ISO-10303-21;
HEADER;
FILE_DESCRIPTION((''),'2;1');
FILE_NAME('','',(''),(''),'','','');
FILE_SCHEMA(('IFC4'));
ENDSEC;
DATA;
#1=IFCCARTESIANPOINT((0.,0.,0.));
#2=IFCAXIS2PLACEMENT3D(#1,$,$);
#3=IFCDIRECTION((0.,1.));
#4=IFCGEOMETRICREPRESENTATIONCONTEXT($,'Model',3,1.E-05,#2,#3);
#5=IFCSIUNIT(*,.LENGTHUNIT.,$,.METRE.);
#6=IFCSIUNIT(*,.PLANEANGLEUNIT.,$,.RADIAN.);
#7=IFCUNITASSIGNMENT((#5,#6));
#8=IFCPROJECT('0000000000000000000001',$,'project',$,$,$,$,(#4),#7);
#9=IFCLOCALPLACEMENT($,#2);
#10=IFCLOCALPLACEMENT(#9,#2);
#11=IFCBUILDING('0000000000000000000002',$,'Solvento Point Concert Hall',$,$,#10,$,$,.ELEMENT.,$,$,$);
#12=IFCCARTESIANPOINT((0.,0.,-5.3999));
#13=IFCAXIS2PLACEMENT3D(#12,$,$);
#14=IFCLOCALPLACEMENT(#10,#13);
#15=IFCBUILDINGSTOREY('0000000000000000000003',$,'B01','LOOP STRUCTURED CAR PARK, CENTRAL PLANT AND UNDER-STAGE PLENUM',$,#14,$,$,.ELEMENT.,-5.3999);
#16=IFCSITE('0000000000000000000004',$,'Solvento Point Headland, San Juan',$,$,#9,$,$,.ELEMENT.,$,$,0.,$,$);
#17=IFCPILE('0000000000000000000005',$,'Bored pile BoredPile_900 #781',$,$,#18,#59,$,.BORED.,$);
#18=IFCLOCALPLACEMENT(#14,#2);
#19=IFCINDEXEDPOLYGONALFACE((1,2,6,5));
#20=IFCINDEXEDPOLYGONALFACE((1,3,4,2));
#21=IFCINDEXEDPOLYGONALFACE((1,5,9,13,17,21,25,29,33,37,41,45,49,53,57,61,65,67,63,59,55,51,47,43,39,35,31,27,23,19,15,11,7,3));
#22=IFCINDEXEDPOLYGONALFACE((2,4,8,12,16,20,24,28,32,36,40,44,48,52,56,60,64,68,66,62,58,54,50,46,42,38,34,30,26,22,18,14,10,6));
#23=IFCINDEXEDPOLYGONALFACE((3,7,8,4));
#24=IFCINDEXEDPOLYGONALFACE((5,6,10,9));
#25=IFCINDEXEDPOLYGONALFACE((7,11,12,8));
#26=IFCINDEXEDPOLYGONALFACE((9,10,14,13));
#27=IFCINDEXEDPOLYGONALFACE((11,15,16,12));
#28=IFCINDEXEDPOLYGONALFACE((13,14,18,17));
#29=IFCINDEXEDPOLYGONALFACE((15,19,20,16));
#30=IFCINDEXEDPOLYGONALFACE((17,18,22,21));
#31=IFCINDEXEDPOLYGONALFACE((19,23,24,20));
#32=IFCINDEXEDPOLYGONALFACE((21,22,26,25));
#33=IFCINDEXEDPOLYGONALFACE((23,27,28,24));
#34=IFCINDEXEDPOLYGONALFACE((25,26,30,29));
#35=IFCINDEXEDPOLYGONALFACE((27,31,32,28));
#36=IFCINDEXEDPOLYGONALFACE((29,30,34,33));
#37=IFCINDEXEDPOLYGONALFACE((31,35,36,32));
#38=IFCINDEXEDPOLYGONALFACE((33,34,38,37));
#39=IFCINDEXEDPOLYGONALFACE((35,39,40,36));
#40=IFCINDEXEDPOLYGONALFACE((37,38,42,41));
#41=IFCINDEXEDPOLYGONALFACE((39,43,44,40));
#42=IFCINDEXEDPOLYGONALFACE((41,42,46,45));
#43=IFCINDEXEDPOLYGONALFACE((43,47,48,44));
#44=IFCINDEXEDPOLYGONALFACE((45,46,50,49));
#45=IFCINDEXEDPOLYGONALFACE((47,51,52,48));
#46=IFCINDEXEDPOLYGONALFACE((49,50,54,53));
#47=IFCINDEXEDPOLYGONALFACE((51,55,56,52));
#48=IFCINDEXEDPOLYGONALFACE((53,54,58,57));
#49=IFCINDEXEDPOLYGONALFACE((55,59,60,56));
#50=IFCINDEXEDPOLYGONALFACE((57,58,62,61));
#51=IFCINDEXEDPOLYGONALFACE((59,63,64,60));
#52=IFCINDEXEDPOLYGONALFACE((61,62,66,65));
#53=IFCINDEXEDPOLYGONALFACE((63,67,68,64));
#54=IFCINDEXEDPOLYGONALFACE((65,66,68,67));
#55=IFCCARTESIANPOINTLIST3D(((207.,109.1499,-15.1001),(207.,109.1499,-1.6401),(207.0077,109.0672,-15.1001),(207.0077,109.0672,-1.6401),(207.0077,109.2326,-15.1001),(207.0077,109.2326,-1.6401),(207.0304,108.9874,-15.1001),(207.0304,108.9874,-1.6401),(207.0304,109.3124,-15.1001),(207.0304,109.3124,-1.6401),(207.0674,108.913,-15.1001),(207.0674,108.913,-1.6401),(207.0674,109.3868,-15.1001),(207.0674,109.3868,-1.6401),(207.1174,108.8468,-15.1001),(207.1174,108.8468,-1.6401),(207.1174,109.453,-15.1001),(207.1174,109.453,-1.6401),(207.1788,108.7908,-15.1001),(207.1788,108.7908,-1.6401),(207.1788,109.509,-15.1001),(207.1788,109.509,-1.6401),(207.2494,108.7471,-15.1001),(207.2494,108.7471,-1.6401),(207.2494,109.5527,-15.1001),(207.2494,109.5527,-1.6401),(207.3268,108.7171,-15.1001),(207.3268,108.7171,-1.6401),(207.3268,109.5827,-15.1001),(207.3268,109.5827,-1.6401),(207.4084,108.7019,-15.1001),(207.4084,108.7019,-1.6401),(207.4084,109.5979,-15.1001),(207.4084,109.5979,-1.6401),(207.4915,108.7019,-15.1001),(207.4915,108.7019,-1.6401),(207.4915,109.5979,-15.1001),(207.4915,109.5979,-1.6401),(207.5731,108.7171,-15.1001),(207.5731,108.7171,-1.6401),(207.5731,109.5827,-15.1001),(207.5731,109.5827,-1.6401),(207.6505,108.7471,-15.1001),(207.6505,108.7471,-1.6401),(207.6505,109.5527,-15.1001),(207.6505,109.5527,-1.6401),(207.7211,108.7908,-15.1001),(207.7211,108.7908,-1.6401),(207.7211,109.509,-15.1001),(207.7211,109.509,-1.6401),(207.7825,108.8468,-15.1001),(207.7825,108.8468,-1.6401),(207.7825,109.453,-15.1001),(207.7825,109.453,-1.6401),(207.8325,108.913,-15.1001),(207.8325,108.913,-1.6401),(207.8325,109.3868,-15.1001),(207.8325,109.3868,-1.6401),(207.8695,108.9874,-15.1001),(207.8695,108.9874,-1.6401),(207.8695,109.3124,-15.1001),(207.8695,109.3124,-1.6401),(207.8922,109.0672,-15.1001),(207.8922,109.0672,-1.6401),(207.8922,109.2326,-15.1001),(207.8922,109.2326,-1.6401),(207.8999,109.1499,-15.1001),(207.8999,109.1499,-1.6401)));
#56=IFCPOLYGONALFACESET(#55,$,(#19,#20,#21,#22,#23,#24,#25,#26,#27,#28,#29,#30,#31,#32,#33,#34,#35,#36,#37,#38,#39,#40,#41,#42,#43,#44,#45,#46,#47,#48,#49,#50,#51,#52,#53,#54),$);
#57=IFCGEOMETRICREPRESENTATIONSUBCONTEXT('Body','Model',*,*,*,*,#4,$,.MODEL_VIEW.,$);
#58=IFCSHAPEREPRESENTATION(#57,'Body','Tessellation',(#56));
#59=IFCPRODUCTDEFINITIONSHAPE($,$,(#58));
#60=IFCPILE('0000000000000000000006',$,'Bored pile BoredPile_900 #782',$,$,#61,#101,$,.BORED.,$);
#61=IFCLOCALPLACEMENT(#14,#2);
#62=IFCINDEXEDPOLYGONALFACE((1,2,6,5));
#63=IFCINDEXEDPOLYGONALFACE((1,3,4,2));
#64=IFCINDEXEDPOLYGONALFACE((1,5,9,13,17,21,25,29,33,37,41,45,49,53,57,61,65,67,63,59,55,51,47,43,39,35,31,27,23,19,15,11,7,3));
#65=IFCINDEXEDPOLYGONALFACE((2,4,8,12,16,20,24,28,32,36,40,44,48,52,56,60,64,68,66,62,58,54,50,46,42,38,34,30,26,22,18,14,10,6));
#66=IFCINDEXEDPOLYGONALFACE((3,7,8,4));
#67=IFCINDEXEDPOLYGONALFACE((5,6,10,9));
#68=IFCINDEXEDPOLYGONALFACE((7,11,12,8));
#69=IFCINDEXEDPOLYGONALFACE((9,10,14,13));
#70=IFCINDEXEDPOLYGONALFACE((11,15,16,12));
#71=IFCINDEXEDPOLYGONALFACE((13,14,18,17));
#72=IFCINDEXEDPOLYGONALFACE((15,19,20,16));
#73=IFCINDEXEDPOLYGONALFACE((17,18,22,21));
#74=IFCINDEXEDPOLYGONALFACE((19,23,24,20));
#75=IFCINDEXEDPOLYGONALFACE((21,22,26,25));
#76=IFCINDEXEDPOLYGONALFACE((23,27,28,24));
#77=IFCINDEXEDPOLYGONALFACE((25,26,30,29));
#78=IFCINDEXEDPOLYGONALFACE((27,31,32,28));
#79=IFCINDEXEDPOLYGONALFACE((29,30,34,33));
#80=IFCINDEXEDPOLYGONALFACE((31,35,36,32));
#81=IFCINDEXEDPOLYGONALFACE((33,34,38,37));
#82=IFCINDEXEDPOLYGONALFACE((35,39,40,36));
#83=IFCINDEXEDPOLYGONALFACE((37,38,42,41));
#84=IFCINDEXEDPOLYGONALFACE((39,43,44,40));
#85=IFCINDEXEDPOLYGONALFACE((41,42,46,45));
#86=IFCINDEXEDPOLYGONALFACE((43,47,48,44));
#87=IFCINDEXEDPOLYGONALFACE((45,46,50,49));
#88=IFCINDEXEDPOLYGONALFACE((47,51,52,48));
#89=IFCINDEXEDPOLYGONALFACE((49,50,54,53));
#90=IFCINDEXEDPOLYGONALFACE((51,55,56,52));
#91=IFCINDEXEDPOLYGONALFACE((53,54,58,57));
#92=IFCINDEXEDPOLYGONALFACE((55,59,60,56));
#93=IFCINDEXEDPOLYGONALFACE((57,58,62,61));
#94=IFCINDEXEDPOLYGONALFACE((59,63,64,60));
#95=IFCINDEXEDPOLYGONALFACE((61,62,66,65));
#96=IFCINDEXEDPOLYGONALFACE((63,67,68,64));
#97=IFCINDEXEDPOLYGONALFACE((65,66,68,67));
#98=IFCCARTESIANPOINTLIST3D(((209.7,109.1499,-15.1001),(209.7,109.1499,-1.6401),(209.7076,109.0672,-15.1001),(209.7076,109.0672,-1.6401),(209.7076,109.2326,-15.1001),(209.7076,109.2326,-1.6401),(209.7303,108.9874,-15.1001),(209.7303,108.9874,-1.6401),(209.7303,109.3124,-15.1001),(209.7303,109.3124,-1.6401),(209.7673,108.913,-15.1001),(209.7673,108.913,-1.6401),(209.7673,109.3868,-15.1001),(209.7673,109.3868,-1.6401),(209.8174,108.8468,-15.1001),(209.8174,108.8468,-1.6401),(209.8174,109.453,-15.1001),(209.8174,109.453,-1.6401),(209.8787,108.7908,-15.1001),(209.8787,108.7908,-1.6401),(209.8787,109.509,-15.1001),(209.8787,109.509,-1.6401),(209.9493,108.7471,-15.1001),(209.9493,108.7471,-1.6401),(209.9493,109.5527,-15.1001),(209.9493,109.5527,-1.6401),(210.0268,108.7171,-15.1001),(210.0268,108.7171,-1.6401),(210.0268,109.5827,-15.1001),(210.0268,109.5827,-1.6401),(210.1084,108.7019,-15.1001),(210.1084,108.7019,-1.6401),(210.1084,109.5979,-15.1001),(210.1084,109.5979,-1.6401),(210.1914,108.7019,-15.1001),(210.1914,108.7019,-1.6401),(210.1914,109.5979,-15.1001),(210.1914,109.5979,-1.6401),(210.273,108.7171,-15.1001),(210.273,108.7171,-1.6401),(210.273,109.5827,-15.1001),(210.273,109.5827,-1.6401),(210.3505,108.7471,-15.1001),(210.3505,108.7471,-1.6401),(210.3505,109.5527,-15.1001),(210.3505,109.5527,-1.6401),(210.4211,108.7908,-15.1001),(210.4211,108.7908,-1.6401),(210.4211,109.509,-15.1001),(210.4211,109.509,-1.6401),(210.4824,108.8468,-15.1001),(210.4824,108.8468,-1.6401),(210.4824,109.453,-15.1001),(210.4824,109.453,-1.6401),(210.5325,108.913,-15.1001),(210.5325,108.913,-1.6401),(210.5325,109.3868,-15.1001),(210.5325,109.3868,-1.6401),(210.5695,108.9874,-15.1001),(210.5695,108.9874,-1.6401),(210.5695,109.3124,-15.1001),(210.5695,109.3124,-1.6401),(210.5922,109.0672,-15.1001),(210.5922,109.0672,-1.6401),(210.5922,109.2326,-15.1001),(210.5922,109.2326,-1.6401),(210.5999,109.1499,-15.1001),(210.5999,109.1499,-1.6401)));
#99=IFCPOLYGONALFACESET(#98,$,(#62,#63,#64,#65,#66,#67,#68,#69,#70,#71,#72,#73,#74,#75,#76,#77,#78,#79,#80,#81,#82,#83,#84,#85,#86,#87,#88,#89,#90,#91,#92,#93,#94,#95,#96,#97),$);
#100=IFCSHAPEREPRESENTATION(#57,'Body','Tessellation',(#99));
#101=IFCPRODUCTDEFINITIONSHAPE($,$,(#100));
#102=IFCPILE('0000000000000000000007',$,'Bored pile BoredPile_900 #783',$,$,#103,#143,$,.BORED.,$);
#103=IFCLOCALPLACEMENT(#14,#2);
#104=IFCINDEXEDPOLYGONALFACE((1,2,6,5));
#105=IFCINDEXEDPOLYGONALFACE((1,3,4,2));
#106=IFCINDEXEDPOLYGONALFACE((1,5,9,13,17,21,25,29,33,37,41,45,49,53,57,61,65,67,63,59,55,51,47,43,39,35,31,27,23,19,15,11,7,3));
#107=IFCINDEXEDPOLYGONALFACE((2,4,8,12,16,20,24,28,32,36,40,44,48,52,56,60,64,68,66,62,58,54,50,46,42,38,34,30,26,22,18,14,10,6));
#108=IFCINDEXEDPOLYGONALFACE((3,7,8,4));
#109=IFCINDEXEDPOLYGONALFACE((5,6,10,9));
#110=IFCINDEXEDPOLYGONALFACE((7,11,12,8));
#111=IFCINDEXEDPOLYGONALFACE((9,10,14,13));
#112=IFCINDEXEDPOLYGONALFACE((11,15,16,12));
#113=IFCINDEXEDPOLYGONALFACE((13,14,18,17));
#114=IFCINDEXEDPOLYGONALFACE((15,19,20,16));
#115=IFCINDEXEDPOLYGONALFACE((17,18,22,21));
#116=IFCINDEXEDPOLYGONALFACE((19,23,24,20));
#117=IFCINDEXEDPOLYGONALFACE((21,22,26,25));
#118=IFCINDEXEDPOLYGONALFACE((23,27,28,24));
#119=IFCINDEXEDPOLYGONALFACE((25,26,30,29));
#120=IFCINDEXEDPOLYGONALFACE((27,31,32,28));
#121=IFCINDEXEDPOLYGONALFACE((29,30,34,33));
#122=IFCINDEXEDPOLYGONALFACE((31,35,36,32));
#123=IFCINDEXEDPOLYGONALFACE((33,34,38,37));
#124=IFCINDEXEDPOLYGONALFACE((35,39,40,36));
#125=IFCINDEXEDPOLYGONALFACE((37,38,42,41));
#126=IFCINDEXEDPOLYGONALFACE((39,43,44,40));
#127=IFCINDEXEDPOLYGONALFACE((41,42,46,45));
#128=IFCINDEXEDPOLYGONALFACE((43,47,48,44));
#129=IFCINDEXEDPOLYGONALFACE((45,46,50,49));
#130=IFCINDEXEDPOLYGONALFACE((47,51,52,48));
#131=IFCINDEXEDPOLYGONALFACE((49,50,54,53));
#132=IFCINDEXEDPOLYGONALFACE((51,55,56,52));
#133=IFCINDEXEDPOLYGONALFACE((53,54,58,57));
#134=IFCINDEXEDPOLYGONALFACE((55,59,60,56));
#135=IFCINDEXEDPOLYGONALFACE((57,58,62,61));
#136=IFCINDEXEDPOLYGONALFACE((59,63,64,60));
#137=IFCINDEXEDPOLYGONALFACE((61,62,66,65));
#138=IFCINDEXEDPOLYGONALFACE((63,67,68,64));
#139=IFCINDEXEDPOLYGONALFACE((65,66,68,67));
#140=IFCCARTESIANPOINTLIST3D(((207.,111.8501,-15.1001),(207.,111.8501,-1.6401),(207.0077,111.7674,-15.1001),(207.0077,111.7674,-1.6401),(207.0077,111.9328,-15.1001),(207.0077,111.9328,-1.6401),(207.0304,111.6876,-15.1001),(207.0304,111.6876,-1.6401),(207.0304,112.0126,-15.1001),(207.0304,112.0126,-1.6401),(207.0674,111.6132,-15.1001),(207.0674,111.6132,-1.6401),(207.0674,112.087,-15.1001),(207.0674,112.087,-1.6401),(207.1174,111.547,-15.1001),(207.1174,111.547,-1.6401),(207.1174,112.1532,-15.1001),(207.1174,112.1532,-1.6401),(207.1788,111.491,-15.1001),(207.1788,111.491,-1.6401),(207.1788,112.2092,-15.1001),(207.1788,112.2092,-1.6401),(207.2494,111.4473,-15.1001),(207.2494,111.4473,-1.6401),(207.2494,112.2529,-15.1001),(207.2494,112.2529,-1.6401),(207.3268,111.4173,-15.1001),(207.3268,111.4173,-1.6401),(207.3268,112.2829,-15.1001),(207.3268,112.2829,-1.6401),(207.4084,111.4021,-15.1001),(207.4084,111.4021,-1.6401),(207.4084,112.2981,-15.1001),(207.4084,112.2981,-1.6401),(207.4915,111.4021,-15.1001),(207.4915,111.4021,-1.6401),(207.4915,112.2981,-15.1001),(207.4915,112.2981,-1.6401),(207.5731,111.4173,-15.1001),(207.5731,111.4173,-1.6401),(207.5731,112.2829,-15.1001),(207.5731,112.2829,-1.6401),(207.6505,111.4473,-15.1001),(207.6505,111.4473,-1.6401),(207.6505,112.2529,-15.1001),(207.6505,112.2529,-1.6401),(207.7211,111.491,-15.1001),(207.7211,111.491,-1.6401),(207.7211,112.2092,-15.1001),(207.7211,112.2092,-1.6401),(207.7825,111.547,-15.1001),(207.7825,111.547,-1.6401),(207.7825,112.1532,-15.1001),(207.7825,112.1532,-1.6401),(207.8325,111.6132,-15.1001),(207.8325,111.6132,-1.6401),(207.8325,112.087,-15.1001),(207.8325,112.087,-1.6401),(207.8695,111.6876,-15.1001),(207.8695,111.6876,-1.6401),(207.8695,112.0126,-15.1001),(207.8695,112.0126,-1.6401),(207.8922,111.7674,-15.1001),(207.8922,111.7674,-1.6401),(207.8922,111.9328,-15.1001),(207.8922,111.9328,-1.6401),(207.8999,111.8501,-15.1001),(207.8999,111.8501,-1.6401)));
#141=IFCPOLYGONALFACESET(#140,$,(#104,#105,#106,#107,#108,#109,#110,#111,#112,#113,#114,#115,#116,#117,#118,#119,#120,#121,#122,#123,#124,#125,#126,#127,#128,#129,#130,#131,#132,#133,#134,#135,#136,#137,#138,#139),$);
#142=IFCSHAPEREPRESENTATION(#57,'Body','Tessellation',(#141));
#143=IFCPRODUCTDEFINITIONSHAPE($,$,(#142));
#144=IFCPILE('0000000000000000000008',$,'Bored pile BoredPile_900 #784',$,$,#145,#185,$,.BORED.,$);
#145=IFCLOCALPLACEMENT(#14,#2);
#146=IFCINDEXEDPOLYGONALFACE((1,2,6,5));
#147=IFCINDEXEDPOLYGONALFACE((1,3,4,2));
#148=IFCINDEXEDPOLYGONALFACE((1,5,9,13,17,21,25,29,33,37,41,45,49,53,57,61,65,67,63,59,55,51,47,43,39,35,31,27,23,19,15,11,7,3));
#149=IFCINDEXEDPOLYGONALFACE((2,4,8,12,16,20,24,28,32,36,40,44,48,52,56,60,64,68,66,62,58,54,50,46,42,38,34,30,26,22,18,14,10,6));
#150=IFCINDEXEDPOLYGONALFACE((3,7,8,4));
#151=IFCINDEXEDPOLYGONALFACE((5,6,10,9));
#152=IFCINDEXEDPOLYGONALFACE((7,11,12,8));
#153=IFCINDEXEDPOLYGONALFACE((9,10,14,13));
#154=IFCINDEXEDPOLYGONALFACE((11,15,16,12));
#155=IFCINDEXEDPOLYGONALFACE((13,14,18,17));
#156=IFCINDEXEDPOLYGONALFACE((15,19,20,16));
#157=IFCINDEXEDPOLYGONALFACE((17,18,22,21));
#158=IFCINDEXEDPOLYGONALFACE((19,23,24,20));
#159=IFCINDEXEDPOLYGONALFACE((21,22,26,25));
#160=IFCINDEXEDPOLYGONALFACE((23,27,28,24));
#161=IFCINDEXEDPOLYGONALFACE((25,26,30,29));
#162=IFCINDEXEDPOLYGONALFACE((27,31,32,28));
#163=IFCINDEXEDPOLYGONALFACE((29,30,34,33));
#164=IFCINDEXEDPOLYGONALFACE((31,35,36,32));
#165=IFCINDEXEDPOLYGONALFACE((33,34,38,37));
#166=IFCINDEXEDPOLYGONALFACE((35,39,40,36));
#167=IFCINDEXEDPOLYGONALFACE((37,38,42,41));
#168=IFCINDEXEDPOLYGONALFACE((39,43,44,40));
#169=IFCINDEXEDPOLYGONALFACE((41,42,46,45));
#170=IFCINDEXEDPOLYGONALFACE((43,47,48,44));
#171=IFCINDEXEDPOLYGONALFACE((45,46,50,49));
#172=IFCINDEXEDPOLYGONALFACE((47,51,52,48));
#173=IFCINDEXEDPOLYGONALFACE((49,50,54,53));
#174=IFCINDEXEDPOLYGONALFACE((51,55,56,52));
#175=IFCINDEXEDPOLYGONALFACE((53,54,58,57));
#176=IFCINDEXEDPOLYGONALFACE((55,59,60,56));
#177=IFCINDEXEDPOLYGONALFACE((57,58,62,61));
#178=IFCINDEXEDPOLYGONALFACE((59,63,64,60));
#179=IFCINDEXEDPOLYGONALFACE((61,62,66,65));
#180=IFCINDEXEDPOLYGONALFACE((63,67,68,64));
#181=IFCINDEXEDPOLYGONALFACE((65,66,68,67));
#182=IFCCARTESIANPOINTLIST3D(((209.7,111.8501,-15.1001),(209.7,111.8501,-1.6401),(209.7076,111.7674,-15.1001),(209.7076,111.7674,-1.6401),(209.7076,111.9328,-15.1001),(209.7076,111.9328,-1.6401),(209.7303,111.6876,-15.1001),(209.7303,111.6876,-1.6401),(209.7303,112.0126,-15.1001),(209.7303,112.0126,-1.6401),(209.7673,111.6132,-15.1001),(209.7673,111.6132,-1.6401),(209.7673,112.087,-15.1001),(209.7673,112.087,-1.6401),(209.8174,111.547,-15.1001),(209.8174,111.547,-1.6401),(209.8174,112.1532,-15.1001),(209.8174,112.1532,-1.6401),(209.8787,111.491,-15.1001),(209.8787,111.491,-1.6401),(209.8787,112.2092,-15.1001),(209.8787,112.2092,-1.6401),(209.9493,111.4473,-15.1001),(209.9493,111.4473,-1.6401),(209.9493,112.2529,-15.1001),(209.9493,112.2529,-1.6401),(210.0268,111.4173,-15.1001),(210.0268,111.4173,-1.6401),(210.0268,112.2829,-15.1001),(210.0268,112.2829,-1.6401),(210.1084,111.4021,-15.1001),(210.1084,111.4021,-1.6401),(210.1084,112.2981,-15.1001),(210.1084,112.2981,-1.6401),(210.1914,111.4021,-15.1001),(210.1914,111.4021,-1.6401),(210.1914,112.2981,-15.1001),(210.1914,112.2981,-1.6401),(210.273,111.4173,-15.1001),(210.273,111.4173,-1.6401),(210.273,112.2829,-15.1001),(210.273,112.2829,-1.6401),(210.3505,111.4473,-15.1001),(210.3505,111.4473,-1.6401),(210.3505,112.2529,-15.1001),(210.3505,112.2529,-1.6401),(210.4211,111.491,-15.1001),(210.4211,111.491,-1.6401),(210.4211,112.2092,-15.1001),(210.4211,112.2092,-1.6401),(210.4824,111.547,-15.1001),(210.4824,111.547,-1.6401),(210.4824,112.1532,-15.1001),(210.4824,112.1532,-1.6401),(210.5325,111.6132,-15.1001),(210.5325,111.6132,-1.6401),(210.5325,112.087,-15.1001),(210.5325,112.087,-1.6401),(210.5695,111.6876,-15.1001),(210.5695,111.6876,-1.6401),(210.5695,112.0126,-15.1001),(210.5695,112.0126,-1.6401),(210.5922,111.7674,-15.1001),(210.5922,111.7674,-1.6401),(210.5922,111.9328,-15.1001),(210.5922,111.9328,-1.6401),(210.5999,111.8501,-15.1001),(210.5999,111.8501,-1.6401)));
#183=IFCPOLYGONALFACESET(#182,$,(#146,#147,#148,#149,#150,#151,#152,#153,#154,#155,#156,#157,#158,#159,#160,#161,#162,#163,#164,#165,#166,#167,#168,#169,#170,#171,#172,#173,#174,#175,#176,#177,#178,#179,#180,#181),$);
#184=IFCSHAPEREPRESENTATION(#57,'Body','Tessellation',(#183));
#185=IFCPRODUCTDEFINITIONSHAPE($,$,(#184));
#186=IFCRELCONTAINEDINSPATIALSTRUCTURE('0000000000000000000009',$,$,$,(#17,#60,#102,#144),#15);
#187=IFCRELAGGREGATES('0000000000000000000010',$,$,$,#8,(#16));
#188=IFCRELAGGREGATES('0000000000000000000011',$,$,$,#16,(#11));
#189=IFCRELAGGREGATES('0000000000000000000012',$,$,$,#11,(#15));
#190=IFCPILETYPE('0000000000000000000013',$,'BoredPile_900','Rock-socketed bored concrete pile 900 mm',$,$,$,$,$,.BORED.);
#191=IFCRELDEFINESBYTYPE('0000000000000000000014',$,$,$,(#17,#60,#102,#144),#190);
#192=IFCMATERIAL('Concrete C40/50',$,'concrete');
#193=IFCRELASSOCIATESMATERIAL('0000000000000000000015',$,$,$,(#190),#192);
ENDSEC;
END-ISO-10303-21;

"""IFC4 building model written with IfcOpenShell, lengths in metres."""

from ifc_helpers import new_model, si_unit, direction, frame, origin, origin_2d, place, context, subcontext, project, spatial, circle, extrude, material, material_profile, profile_set, type_object, element, save


model = new_model("IFC4")

# Units and contexts
model_context = context("Model", 3, precision=1e-05, world=origin(), true_north=direction((0.0, 1.0)))
body_context = subcontext(model_context, "Body", "Model", "MODEL_VIEW")
ifc_project = project(units=[si_unit("LENGTHUNIT", "METRE"), si_unit("PLANEANGLEUNIT", "RADIAN")], contexts=[model_context])

# Site, building, storey
site_placement = place(None, origin())
site = spatial("IfcSite", under=ifc_project, at=site_placement, Name="Solvento Point Headland, San Juan", CompositionType="ELEMENT", RefElevation=0.0)
building_placement = place(site_placement, origin())
building = spatial("IfcBuilding", under=site, at=building_placement, Name="Solvento Point Concert Hall", CompositionType="ELEMENT")
storey_placement = place(building_placement, frame((0.0, 0.0, -5.3999)))
storey = spatial("IfcBuildingStorey", under=building, at=storey_placement, Name="B01", Description="LOOP STRUCTURED CAR PARK, CENTRAL PLANT AND UNDER-STAGE PLENUM", CompositionType="ELEMENT", Elevation=-5.3999)

# Piles
ifc_material_1 = material(Name="Concrete C40/50", Category="concrete")
ifc_material_profile_1 = material_profile(ifc_material_1, circle(Radius=0.45, at=origin_2d()), Name="BP-900")
ifc_profile_set_1 = profile_set([ifc_material_profile_1], Name="Concrete C40/50")
pile_type_1 = type_object("IfcPileType", Name="BoredPile_900", Description="Rock-socketed bored concrete pile 900 mm", PredefinedType="BORED", material=ifc_profile_set_1)
for number, where, z_axis, x_axis, name in (
    (1, (207.45, 109.1499, -1.6401), (0.0, 0.0, -1.0), (1.0, 0.0, 0.0), "Bored pile BoredPile_900 #781"),
    (2, (210.1499, 109.1499, -1.6401), (0.0, 0.0, -1.0), (1.0, 0.0, 0.0), "Bored pile BoredPile_900 #782"),
    (3, (207.45, 111.8501, -1.6401), (0.0, 0.0, -1.0), (1.0, 0.0, 0.0), "Bored pile BoredPile_900 #783"),
    (4, (210.1499, 111.8501, -1.6401), (0.0, 0.0, -1.0), (1.0, 0.0, 0.0), "Bored pile BoredPile_900 #784"),
):
    element("IfcPile", number, at=place(storey_placement, frame(where, z_axis=z_axis, x_axis=x_axis)), inside=storey, type_object=pile_type_1, Name=name, PredefinedType="BORED", context=body_context, shape_type="SweptSolid", body=[
        extrude(circle(Radius=0.45, at=origin_2d()), origin(), (0.0, 0.0, 1.0), 13.46),
    ])

save(model, "model.ifc")
